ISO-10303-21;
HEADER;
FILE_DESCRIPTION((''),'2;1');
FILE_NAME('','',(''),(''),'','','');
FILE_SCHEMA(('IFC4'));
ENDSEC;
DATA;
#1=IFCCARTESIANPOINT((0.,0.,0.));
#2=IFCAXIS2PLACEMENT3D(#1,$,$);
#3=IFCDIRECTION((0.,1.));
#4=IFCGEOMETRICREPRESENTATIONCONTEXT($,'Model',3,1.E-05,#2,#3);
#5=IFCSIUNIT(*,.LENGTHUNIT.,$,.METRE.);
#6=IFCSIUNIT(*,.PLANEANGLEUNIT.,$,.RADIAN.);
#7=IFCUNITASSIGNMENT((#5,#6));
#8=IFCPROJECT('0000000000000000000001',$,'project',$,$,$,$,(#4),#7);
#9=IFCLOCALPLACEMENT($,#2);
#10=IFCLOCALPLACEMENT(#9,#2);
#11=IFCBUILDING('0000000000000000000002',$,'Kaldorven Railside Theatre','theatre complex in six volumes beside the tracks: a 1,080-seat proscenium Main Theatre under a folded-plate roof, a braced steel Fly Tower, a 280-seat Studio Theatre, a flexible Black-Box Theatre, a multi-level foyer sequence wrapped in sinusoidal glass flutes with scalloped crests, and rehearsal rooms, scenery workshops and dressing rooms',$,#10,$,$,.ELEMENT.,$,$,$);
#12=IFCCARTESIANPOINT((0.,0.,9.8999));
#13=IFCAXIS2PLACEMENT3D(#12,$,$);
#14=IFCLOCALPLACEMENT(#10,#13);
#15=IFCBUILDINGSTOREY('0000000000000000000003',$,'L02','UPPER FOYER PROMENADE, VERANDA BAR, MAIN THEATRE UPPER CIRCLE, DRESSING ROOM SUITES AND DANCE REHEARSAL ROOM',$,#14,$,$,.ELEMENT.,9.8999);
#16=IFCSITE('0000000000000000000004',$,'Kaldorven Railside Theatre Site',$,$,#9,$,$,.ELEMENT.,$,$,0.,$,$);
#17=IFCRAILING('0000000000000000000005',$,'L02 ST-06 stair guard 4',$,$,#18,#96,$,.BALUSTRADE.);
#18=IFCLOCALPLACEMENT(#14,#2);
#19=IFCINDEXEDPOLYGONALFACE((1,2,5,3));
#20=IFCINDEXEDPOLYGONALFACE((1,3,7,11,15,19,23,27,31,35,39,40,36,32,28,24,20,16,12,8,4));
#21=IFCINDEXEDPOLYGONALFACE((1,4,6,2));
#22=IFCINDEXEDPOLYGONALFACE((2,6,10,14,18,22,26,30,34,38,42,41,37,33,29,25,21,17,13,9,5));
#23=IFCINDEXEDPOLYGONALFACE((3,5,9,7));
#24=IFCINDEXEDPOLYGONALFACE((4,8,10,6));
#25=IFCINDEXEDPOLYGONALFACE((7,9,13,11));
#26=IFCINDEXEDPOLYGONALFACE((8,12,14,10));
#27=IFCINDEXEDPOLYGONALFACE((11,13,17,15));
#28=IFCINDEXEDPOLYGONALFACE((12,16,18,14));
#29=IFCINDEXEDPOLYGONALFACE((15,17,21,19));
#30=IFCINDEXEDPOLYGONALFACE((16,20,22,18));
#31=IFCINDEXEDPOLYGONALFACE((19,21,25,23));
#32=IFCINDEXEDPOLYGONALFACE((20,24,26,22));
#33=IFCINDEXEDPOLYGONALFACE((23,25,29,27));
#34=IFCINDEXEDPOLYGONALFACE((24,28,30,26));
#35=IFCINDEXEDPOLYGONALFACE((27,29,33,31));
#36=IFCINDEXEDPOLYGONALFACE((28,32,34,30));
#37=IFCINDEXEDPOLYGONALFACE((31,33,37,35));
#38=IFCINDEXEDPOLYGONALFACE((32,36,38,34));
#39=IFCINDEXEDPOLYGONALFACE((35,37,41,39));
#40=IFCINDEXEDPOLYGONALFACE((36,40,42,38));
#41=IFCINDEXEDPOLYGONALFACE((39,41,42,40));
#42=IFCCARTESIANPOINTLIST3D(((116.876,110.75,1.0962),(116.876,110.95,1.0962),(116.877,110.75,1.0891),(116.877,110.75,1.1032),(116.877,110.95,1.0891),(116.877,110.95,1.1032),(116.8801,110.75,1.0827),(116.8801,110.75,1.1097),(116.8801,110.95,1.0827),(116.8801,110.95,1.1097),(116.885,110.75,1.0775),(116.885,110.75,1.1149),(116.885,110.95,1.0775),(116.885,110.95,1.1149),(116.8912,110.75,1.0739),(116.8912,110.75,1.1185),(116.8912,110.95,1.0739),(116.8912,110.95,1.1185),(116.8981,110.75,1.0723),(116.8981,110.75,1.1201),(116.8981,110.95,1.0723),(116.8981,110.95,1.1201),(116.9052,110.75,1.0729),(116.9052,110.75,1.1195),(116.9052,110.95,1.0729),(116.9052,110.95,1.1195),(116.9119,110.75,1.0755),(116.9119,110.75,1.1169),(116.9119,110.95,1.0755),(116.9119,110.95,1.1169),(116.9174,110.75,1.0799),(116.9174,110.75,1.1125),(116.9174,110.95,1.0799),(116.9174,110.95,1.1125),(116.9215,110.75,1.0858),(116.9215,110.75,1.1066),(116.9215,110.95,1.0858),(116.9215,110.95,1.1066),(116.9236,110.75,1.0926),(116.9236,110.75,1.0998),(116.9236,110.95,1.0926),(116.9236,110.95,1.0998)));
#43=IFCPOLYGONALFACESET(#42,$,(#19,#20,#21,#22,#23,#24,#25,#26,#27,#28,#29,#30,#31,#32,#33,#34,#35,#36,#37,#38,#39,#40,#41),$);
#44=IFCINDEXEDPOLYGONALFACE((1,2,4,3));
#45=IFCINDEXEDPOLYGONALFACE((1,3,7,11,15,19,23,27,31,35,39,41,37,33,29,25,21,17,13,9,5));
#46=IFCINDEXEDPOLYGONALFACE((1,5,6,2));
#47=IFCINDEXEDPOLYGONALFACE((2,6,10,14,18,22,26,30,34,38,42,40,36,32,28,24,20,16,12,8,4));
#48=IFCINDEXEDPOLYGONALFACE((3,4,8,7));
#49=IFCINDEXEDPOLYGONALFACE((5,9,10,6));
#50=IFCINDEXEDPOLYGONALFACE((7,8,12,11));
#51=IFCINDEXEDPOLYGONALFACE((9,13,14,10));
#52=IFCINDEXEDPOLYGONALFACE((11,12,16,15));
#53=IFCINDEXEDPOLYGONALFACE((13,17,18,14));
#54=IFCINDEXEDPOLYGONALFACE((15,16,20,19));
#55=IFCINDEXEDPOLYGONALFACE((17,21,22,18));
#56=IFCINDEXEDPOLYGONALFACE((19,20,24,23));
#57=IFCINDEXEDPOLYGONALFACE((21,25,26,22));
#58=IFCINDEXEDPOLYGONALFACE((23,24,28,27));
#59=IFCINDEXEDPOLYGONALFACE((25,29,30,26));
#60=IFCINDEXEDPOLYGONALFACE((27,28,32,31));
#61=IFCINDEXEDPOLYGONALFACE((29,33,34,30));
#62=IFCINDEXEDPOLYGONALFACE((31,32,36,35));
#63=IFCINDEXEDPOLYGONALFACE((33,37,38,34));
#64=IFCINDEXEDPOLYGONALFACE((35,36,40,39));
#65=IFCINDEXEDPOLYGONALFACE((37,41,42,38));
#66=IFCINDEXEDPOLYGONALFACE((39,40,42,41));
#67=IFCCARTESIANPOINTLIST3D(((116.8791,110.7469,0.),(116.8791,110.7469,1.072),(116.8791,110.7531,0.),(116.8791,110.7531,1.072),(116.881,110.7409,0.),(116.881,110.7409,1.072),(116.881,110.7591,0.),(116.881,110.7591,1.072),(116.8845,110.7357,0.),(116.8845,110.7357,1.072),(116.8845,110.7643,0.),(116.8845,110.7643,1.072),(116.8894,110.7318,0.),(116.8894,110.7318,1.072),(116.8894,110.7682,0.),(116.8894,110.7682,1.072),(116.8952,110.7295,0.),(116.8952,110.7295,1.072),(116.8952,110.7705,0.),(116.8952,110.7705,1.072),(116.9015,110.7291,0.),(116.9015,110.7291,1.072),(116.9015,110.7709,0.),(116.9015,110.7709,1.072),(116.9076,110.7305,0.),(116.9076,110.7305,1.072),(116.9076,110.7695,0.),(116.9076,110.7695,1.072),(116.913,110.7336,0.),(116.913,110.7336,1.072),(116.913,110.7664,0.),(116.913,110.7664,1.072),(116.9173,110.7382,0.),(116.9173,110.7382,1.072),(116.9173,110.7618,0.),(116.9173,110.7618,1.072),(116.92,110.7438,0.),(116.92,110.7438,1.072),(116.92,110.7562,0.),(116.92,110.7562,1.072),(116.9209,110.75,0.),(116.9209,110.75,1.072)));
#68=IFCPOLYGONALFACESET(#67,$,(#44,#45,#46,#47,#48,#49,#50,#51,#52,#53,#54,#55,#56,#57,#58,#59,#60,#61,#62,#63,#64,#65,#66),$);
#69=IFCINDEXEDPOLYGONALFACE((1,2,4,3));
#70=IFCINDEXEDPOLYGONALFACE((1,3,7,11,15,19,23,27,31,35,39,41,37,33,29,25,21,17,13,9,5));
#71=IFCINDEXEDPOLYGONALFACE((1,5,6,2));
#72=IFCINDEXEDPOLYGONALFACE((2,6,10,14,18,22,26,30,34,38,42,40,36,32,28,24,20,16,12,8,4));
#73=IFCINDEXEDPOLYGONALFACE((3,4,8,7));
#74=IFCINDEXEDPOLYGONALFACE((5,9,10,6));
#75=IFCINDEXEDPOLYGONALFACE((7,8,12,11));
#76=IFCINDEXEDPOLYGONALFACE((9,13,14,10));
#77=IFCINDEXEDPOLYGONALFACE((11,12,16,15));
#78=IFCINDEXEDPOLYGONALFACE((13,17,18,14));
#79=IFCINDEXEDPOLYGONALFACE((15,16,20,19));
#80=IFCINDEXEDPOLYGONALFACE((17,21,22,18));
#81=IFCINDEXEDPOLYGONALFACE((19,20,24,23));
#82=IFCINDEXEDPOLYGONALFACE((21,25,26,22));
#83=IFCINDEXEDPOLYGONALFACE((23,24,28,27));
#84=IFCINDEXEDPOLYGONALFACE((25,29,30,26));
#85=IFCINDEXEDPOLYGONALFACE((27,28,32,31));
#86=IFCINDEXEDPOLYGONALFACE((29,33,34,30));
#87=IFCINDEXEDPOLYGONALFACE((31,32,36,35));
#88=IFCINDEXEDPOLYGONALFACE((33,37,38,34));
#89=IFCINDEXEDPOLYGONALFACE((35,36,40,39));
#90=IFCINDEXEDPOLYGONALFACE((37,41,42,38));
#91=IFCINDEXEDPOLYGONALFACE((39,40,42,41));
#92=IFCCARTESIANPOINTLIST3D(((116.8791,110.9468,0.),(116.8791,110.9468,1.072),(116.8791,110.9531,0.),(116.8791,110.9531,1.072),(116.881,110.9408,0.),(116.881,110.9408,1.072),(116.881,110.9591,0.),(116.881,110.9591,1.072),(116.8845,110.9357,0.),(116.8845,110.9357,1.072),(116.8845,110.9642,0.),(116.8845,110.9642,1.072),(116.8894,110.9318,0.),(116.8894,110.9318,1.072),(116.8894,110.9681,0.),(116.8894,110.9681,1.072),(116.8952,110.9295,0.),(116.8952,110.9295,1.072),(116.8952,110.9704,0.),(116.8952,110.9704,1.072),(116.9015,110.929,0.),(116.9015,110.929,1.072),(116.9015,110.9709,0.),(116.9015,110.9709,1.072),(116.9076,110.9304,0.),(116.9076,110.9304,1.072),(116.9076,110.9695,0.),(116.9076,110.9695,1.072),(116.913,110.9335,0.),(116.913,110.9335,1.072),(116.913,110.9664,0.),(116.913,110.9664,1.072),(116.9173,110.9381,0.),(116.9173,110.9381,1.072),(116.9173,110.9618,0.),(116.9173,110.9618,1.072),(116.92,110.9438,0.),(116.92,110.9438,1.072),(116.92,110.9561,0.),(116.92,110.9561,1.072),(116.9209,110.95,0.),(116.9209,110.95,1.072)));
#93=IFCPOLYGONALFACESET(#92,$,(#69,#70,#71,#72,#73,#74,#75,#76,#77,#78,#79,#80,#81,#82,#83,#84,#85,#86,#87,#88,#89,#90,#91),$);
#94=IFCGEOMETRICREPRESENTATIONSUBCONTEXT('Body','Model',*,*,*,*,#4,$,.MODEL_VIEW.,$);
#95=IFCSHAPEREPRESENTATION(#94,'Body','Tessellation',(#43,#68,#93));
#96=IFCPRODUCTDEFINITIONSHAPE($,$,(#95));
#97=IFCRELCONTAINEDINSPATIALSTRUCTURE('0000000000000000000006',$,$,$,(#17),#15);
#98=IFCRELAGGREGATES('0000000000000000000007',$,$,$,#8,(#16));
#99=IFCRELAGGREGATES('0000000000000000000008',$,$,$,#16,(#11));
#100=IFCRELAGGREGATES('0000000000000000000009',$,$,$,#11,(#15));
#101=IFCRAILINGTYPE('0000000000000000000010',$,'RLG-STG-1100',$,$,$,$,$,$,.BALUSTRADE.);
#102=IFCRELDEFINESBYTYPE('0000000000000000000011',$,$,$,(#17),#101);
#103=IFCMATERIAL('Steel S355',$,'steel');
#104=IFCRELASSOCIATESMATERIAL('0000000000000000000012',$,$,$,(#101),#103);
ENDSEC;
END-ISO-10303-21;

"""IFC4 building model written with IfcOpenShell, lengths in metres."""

from ifc_helpers import new_model, si_unit, direction, frame, origin, origin_2d, place, context, subcontext, project, spatial, circle, extrude, material, type_object, element, save


model = new_model("IFC4")

# Units and contexts
model_context = context("Model", 3, precision=1e-05, world=origin(), true_north=direction((0.0, 1.0)))
body_context = subcontext(model_context, "Body", "Model", "MODEL_VIEW")
ifc_project = project(units=[si_unit("LENGTHUNIT", "METRE"), si_unit("PLANEANGLEUNIT", "RADIAN")], contexts=[model_context])

# Site, building, storey
site_placement = place(None, origin())
site = spatial("IfcSite", under=ifc_project, at=site_placement, Name="Kaldorven Railside Theatre Site", CompositionType="ELEMENT", RefElevation=0.0)
building_placement = place(site_placement, origin())
building = spatial("IfcBuilding", under=site, at=building_placement, Name="Kaldorven Railside Theatre", Description="theatre complex in six volumes beside the tracks: a 1,080-seat proscenium Main Theatre under a folded-plate roof, a braced steel Fly Tower, a 280-seat Studio Theatre, a flexible Black-Box Theatre, a multi-level foyer sequence wrapped in sinusoidal glass flutes with scalloped crests, and rehearsal rooms, scenery workshops and dressing rooms", CompositionType="ELEMENT")
storey_placement = place(building_placement, frame((0.0, 0.0, 9.8999)))
storey = spatial("IfcBuildingStorey", under=building, at=storey_placement, Name="L02", Description="UPPER FOYER PROMENADE, VERANDA BAR, MAIN THEATRE UPPER CIRCLE, DRESSING ROOM SUITES AND DANCE REHEARSAL ROOM", CompositionType="ELEMENT", Elevation=9.8999)

# Shared definitions
ifc_material_1 = material(Name="Steel S355", Category="steel")

# Railing
railing_type_1 = type_object("IfcRailingType", Name="RLG-STG-1100", PredefinedType="BALUSTRADE", material=ifc_material_1)
railing_1_placement = place(storey_placement, frame((116.8999, 110.75, 0.0)))
element("IfcRailing", 1, at=railing_1_placement, inside=storey, type_object=railing_type_1, Name="L02 ST-06 stair guard 4", PredefinedType="BALUSTRADE", context=body_context, shape_type="SweptSolid", body=[
    extrude(circle(Radius=0.0239, at=origin_2d()), frame((0.0, 0.0, 1.0962), z_axis=(0.0, 1.0, 0.0), x_axis=(-1.0, 0.0, 0.0)), (0.0, 0.0, 1.0), 0.2),
    extrude(circle(Radius=0.021, at=origin_2d()), origin(), (0.0, 0.0, 1.0), 1.072),
    extrude(circle(Radius=0.021, at=origin_2d()), frame((0.0, 0.2, 0.0)), (0.0, 0.0, 1.0), 1.072),
])

save(model, "model.ifc")
